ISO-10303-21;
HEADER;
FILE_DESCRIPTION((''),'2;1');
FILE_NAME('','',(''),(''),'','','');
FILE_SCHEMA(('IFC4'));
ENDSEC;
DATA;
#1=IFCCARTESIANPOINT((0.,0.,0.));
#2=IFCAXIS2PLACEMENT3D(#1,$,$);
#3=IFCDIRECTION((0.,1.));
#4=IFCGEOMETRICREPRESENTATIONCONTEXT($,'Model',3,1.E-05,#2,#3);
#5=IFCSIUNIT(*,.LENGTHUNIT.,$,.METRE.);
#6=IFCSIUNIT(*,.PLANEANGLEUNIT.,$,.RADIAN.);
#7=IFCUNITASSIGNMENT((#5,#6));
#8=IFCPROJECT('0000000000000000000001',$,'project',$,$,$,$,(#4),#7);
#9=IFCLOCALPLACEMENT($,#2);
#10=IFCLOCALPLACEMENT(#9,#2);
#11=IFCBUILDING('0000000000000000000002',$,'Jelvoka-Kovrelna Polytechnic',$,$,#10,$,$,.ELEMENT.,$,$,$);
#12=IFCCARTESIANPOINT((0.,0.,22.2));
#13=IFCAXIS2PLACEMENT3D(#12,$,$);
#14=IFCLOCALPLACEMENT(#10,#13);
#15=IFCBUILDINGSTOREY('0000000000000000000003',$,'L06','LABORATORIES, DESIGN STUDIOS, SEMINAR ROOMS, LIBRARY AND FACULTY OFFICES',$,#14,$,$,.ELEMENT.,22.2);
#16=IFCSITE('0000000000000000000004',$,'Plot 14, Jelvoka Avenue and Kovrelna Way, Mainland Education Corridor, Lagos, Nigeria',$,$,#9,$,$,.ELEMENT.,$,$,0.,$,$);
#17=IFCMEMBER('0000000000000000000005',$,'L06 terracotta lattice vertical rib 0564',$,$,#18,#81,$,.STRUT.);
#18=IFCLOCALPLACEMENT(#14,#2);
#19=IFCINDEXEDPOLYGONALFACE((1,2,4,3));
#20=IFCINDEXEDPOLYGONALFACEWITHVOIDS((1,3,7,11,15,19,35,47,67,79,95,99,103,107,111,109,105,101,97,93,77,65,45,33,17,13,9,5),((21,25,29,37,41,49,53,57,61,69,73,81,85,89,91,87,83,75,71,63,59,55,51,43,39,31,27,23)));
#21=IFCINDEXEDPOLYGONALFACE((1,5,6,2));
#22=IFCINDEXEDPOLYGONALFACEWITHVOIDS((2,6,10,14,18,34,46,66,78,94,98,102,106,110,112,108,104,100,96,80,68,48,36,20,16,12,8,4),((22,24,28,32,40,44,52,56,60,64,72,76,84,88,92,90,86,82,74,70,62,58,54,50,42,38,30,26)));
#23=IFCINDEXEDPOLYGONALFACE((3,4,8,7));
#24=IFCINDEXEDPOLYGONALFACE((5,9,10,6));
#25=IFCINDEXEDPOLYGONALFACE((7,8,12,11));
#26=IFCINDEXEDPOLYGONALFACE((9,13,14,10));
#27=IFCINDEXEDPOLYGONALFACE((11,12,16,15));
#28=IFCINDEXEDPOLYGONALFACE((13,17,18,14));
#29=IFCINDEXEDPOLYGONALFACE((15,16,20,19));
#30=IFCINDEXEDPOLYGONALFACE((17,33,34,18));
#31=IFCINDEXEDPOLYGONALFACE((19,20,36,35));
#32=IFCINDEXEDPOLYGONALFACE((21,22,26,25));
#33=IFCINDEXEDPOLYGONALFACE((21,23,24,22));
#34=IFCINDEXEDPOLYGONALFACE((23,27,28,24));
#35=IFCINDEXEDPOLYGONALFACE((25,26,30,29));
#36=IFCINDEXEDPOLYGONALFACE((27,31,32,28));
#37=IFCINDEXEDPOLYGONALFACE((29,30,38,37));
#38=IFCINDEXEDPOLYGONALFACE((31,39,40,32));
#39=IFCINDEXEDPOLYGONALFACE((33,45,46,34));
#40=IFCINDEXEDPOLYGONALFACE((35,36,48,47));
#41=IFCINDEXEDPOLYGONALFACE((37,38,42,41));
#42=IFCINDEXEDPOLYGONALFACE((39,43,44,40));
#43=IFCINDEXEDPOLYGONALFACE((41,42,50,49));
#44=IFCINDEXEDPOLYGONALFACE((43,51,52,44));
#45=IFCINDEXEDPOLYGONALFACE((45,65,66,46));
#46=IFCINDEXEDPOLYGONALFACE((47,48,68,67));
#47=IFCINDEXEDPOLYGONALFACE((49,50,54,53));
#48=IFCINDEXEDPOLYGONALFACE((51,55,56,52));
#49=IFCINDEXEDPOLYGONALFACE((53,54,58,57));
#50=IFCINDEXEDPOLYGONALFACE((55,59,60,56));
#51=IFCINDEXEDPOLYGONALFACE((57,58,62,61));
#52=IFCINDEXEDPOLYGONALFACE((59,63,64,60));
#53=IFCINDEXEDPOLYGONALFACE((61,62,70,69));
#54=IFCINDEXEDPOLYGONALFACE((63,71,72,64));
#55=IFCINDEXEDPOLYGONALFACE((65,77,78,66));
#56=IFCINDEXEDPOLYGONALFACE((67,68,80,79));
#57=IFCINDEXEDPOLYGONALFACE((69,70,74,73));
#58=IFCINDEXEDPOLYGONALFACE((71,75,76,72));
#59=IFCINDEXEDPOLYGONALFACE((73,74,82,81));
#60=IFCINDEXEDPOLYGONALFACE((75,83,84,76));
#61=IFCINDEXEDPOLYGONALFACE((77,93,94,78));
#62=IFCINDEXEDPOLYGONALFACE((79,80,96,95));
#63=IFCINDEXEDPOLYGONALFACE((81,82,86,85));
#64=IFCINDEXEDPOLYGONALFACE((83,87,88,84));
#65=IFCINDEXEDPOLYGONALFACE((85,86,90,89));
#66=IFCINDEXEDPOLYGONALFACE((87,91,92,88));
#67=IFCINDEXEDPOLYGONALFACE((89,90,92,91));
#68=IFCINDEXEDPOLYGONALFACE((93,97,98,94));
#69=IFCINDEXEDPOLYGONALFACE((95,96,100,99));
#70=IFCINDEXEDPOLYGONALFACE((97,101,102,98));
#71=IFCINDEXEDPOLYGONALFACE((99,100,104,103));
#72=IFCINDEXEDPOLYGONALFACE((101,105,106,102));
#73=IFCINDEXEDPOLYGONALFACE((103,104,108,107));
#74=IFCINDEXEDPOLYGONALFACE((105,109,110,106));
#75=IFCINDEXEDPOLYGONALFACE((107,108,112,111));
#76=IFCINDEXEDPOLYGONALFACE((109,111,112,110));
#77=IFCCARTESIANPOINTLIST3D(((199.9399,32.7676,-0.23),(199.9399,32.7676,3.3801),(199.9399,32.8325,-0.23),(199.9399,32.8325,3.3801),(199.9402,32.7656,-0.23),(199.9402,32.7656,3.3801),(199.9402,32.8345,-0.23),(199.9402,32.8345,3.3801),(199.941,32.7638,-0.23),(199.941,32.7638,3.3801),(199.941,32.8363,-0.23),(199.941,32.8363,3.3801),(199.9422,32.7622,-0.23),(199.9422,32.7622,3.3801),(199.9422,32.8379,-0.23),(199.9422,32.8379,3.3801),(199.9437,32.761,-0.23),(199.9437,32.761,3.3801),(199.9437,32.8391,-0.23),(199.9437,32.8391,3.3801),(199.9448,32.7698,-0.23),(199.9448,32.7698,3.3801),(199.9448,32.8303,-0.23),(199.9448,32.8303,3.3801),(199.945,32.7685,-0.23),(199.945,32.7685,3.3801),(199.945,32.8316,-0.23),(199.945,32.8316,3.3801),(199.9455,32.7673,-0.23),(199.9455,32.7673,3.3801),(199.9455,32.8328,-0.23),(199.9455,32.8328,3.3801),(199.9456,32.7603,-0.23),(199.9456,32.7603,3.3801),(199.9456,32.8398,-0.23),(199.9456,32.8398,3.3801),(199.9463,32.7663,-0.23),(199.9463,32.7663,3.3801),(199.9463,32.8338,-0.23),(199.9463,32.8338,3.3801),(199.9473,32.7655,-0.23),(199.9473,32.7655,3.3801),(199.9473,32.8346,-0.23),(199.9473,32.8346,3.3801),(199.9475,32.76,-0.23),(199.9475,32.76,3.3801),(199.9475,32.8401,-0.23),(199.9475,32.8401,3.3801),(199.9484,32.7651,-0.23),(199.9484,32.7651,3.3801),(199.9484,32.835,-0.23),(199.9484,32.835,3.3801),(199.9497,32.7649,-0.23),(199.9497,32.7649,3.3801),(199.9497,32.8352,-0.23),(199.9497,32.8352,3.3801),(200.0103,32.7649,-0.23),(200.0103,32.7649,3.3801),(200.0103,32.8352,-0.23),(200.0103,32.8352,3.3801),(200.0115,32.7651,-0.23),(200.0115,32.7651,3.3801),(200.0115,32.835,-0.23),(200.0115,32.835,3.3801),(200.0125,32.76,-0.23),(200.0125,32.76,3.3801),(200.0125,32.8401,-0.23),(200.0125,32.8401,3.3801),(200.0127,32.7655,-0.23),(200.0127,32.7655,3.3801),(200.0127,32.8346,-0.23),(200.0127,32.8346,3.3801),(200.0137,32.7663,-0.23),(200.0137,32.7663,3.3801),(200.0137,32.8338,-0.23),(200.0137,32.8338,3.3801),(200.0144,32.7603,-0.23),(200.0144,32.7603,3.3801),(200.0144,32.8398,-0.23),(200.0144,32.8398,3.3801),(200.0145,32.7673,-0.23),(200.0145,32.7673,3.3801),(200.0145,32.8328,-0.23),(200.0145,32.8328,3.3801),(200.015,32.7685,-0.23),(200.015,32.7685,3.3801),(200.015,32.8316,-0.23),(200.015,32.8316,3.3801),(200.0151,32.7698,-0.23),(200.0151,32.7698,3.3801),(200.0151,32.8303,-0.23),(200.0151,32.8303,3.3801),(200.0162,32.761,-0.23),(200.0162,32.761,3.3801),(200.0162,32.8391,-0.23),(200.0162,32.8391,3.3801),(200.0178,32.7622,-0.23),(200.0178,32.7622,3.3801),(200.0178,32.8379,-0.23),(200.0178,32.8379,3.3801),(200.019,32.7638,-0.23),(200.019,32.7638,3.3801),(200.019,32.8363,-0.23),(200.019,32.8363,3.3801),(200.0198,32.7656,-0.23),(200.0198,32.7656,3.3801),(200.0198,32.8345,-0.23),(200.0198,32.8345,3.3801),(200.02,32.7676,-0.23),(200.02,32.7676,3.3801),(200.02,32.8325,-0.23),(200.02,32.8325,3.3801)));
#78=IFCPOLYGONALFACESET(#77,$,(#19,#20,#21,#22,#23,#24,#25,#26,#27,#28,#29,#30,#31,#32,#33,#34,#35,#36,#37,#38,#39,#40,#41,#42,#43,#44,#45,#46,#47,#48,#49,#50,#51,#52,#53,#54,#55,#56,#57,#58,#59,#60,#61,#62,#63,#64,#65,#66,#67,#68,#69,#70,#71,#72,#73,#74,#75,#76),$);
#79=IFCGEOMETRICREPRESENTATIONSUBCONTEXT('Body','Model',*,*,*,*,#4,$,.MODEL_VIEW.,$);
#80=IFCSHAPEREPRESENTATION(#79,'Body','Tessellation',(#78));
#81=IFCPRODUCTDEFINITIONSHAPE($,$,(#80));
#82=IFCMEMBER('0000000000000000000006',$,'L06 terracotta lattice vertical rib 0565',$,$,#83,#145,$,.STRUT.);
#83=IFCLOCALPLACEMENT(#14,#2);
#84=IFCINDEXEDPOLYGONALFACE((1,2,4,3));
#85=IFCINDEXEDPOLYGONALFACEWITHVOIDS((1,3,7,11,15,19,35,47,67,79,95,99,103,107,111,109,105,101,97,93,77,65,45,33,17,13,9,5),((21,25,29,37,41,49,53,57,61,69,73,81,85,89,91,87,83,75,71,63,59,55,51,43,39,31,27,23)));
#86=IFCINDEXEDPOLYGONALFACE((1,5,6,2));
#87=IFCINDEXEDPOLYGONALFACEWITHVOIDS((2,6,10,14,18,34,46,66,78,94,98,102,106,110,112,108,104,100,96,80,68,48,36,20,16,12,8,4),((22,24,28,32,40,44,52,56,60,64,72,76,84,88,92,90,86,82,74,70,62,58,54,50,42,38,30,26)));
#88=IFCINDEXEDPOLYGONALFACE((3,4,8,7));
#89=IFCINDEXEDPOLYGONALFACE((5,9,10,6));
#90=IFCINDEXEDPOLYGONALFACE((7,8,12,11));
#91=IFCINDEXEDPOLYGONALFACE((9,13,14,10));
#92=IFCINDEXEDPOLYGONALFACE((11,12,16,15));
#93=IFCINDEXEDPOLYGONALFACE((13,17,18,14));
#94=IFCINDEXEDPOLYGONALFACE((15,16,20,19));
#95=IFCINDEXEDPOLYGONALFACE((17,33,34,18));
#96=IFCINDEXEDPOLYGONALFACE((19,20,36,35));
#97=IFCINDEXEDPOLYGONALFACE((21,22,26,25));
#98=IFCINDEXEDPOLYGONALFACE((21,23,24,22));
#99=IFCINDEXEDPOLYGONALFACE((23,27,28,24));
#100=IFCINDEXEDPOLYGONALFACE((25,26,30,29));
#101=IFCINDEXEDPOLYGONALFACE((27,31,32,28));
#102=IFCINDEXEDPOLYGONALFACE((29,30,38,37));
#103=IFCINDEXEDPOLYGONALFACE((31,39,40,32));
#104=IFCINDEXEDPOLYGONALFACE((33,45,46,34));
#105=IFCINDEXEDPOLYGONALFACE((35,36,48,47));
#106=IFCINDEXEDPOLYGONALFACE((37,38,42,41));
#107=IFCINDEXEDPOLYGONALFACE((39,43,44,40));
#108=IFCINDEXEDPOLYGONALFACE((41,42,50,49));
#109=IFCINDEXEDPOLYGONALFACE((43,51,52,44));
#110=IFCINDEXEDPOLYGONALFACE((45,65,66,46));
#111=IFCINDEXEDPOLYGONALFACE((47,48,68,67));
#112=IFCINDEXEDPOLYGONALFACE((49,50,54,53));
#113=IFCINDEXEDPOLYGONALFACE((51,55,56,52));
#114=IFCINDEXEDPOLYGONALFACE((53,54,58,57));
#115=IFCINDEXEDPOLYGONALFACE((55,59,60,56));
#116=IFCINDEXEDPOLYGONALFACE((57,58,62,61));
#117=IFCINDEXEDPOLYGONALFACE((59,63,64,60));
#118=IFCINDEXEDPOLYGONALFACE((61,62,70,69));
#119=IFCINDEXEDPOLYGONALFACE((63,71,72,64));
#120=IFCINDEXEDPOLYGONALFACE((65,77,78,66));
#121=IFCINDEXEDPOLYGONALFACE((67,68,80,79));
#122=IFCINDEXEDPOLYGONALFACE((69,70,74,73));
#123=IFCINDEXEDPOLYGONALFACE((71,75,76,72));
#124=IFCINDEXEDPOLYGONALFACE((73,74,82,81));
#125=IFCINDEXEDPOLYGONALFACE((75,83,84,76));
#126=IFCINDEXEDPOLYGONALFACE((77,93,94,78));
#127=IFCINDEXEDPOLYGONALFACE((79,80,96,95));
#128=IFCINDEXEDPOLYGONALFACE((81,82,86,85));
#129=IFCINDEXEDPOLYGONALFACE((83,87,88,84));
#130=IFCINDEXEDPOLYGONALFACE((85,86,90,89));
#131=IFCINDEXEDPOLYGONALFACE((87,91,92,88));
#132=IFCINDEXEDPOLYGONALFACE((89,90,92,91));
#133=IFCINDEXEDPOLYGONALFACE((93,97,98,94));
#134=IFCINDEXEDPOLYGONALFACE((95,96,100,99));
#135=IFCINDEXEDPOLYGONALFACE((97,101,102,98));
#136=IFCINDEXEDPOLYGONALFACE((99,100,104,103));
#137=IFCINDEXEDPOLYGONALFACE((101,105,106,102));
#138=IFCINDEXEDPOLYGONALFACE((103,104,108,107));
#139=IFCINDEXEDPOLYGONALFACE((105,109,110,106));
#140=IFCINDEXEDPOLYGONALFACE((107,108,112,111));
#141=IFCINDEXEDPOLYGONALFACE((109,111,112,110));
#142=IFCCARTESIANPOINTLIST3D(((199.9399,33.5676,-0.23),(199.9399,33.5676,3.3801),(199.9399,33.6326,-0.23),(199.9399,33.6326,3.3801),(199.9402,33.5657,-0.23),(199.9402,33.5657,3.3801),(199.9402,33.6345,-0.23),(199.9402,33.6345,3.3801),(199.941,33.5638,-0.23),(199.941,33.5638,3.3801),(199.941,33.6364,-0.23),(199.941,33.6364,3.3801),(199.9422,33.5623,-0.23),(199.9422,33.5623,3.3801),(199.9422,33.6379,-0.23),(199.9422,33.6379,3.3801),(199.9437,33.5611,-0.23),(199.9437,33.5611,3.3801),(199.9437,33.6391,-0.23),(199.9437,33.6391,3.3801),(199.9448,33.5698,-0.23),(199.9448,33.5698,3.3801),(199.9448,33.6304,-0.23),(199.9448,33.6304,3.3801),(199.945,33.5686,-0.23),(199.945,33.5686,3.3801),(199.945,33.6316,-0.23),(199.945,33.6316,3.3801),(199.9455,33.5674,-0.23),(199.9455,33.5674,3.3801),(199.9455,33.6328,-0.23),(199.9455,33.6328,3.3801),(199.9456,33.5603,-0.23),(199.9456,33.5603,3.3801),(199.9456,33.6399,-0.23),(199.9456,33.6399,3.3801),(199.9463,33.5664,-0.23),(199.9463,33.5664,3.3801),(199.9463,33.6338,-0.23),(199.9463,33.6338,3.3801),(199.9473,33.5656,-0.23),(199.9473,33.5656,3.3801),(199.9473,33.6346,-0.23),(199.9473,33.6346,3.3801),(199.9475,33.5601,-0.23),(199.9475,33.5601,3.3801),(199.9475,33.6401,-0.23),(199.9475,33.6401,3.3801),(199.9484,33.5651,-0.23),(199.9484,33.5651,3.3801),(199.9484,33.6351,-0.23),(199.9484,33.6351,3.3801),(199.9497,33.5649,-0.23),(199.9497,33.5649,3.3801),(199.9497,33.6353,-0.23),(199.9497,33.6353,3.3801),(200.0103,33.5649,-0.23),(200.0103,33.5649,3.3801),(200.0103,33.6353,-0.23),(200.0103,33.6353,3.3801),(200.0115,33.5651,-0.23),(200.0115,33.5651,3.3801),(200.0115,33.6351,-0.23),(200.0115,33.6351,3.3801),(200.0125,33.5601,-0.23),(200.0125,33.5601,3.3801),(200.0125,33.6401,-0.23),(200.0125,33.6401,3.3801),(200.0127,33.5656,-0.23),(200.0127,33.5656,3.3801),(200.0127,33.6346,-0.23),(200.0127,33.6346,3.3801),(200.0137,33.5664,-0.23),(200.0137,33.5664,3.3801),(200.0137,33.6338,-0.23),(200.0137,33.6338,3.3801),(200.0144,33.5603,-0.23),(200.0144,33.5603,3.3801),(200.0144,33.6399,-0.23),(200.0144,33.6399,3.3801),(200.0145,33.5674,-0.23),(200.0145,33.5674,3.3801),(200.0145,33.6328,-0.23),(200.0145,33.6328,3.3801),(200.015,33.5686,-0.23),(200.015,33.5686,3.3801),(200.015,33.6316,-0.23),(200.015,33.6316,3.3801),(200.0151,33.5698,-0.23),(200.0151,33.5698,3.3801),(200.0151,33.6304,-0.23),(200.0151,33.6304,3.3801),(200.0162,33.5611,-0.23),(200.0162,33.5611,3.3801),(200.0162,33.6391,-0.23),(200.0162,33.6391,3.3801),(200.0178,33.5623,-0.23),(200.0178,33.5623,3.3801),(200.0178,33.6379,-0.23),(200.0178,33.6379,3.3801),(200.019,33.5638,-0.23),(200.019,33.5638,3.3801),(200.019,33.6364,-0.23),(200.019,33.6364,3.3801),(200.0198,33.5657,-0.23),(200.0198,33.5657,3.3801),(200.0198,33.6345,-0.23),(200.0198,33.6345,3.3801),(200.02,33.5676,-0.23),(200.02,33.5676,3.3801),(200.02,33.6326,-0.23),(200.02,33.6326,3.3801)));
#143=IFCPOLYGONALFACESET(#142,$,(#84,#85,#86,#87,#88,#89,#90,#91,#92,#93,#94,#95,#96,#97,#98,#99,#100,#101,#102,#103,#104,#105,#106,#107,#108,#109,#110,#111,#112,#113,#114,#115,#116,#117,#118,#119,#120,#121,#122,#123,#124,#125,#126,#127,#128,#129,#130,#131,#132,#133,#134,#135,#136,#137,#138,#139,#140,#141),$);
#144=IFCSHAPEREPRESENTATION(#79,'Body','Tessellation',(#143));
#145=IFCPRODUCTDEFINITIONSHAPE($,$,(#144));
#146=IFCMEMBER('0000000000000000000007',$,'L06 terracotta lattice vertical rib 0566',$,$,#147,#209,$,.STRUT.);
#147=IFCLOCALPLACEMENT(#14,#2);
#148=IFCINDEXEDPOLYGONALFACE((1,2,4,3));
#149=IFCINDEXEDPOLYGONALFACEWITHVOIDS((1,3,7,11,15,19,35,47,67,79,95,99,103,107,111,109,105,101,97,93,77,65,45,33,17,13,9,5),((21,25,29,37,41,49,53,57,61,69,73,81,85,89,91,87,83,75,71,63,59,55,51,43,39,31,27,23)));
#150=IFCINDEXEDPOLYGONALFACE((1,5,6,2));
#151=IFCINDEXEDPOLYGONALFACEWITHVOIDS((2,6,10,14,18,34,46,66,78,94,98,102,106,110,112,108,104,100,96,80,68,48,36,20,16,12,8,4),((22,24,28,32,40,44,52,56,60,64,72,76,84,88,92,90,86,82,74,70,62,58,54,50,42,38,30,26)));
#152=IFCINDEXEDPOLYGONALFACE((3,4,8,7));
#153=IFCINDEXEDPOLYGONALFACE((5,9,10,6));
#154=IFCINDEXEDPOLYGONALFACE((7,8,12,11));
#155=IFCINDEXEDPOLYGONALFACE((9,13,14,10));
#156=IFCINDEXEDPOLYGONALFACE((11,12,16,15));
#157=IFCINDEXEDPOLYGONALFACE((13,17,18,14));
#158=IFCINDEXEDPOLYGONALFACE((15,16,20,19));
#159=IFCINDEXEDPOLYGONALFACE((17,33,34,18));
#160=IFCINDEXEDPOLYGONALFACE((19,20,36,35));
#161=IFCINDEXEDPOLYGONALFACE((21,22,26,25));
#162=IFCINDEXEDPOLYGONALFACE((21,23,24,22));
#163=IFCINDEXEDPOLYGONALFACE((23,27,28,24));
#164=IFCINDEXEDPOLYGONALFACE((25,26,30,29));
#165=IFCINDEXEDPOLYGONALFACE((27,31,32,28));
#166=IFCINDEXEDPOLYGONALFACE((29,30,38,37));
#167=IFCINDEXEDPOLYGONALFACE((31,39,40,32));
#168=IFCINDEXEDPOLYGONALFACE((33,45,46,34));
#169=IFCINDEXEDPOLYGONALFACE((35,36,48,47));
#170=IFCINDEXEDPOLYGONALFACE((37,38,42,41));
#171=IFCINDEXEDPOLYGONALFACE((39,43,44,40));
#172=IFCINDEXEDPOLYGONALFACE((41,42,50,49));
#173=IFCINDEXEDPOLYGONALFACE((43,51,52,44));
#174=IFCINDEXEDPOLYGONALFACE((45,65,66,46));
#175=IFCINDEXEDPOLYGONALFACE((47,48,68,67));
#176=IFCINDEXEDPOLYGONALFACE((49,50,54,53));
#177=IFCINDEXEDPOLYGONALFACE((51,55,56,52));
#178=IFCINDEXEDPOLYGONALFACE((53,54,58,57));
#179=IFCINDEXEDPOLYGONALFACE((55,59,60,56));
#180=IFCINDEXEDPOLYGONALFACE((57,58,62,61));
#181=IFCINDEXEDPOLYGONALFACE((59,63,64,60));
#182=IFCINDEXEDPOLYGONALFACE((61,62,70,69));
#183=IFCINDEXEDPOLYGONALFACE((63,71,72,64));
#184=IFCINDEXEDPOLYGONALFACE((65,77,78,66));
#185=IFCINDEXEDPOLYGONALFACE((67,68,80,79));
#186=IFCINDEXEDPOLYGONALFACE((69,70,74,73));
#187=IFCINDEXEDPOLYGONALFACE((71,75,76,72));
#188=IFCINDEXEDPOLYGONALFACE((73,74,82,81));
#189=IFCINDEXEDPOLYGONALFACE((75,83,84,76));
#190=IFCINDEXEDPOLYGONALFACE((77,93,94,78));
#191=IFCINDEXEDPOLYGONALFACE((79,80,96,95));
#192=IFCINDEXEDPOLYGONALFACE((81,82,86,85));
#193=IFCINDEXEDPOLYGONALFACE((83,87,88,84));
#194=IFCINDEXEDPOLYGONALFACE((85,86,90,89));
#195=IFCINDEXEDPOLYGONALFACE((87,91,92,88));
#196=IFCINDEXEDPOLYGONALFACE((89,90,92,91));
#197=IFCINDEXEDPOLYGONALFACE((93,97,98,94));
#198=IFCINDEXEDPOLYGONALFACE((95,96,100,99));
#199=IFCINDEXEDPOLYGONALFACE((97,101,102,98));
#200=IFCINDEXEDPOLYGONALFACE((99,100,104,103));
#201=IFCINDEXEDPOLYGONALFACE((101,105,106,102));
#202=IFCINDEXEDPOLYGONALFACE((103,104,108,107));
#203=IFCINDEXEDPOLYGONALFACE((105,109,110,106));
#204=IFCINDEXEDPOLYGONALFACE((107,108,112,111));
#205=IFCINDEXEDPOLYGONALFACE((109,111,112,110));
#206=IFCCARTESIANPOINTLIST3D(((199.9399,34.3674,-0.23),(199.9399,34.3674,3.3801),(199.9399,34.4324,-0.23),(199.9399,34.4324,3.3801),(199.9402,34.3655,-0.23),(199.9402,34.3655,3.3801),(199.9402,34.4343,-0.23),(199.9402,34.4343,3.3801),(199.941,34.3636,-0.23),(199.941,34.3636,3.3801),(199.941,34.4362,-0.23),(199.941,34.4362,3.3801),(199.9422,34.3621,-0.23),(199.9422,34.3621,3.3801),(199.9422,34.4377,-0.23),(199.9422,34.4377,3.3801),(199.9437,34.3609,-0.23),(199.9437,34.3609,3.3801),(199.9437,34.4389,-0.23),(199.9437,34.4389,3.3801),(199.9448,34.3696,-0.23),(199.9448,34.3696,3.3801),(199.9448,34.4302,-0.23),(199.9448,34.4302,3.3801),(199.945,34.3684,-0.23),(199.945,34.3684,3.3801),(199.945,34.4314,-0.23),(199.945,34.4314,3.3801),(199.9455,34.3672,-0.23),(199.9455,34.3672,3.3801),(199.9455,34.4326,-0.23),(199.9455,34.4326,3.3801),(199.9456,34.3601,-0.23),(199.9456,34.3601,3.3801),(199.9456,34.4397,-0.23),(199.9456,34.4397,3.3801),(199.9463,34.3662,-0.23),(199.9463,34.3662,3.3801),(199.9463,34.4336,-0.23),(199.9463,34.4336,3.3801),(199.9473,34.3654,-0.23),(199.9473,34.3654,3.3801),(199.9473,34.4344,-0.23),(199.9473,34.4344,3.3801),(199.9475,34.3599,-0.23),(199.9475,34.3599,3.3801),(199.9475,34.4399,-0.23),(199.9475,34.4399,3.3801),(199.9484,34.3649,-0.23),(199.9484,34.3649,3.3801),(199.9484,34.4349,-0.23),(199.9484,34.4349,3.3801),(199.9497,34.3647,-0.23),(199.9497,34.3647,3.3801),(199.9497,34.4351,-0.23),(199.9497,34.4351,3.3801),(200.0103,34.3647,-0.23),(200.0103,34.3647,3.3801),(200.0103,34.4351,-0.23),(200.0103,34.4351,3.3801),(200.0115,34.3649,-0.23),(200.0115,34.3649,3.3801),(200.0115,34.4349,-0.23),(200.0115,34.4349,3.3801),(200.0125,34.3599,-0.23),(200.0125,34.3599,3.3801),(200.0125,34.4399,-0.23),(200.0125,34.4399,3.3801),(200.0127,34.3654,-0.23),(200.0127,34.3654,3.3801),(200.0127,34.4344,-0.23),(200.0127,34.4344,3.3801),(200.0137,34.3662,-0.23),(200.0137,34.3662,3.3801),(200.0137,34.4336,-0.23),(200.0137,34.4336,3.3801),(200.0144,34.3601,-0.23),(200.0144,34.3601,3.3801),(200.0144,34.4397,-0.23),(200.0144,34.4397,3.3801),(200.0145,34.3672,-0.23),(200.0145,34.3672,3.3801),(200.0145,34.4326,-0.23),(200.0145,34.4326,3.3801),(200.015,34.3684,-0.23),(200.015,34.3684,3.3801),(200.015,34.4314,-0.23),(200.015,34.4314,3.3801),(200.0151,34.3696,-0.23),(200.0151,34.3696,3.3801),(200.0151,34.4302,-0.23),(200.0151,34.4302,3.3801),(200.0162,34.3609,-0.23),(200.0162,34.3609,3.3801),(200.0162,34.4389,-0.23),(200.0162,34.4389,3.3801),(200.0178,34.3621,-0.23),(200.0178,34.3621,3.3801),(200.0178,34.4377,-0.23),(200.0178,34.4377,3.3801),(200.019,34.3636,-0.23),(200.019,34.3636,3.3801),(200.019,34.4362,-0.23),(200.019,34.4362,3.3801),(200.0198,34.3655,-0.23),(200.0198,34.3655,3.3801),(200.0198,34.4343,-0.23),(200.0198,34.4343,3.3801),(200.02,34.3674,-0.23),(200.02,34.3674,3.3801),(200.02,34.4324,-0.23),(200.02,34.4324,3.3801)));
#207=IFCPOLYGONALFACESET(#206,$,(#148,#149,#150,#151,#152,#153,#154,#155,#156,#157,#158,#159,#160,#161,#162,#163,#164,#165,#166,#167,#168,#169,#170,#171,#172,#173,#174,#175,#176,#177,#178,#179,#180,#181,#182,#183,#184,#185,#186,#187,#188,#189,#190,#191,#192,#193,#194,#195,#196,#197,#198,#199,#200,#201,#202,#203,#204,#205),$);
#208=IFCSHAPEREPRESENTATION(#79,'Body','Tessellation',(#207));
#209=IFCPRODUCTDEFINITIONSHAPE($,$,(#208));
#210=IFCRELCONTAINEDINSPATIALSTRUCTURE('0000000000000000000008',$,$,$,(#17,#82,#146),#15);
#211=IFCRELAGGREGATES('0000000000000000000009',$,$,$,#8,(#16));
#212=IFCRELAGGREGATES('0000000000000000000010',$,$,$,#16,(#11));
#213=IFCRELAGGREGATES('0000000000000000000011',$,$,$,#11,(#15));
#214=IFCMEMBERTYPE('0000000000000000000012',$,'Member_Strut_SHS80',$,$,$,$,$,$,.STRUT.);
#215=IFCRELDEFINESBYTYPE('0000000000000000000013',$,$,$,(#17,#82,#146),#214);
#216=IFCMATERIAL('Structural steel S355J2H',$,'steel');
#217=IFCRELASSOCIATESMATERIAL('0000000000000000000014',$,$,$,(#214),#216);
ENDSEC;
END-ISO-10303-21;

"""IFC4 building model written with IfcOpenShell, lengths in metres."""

from ifc_helpers import new_model, si_unit, direction, frame, origin, origin_2d, place, context, subcontext, project, spatial, hollow_rectangle, extrude, material, material_profile, profile_set, type_object, element, save


model = new_model("IFC4")

# Units and contexts
model_context = context("Model", 3, precision=1e-05, world=origin(), true_north=direction((0.0, 1.0)))
body_context = subcontext(model_context, "Body", "Model", "MODEL_VIEW")
ifc_project = project(units=[si_unit("LENGTHUNIT", "METRE"), si_unit("PLANEANGLEUNIT", "RADIAN")], contexts=[model_context])

# Site, building, storey
site_placement = place(None, origin())
site = spatial("IfcSite", under=ifc_project, at=site_placement, Name="Plot 14, Jelvoka Avenue and Kovrelna Way, Mainland Education Corridor, Lagos, Nigeria", CompositionType="ELEMENT", RefElevation=0.0)
building_placement = place(site_placement, origin())
building = spatial("IfcBuilding", under=site, at=building_placement, Name="Jelvoka-Kovrelna Polytechnic", CompositionType="ELEMENT")
storey_placement = place(building_placement, frame((0.0, 0.0, 22.2)))
storey = spatial("IfcBuildingStorey", under=building, at=storey_placement, Name="L06", Description="LABORATORIES, DESIGN STUDIOS, SEMINAR ROOMS, LIBRARY AND FACULTY OFFICES", CompositionType="ELEMENT", Elevation=22.2)

# Members
ifc_material_1 = material(Name="Structural steel S355J2H", Category="steel")
ifc_material_profile_1 = material_profile(ifc_material_1, hollow_rectangle(XDim=0.0801, YDim=0.0801, WallThickness=0.0049, InnerFilletRadius=0.0049, OuterFilletRadius=0.0076, at=origin_2d()), Name="80x80x5.0 SHS")
ifc_profile_set_1 = profile_set([ifc_material_profile_1], Name="Structural steel S355J2H")
member_type_1 = type_object("IfcMemberType", Name="Member_Strut_SHS80", PredefinedType="STRUT", material=ifc_profile_set_1)
for number, where, z_axis, x_axis, name in (
    (1, (199.98, 32.8, -0.23), (0.0, 0.0, 1.0), (1.0, 0.0, 0.0), "L06 terracotta lattice vertical rib 0564"),
    (2, (199.98, 33.6001, -0.23), (0.0, 0.0, 1.0), (1.0, 0.0, 0.0), "L06 terracotta lattice vertical rib 0565"),
    (3, (199.98, 34.3999, -0.23), (0.0, 0.0, 1.0), (1.0, 0.0, 0.0), "L06 terracotta lattice vertical rib 0566"),
):
    element("IfcMember", number, at=place(storey_placement, frame(where, z_axis=z_axis, x_axis=x_axis)), inside=storey, type_object=member_type_1, Name=name, PredefinedType="STRUT", context=body_context, shape_type="SweptSolid", body=[
        extrude(hollow_rectangle(XDim=0.0801, YDim=0.0801, WallThickness=0.0049, InnerFilletRadius=0.0049, OuterFilletRadius=0.0076, at=origin_2d()), origin(), (0.0, 0.0, 1.0), 3.6101),
    ])

save(model, "model.ifc")
